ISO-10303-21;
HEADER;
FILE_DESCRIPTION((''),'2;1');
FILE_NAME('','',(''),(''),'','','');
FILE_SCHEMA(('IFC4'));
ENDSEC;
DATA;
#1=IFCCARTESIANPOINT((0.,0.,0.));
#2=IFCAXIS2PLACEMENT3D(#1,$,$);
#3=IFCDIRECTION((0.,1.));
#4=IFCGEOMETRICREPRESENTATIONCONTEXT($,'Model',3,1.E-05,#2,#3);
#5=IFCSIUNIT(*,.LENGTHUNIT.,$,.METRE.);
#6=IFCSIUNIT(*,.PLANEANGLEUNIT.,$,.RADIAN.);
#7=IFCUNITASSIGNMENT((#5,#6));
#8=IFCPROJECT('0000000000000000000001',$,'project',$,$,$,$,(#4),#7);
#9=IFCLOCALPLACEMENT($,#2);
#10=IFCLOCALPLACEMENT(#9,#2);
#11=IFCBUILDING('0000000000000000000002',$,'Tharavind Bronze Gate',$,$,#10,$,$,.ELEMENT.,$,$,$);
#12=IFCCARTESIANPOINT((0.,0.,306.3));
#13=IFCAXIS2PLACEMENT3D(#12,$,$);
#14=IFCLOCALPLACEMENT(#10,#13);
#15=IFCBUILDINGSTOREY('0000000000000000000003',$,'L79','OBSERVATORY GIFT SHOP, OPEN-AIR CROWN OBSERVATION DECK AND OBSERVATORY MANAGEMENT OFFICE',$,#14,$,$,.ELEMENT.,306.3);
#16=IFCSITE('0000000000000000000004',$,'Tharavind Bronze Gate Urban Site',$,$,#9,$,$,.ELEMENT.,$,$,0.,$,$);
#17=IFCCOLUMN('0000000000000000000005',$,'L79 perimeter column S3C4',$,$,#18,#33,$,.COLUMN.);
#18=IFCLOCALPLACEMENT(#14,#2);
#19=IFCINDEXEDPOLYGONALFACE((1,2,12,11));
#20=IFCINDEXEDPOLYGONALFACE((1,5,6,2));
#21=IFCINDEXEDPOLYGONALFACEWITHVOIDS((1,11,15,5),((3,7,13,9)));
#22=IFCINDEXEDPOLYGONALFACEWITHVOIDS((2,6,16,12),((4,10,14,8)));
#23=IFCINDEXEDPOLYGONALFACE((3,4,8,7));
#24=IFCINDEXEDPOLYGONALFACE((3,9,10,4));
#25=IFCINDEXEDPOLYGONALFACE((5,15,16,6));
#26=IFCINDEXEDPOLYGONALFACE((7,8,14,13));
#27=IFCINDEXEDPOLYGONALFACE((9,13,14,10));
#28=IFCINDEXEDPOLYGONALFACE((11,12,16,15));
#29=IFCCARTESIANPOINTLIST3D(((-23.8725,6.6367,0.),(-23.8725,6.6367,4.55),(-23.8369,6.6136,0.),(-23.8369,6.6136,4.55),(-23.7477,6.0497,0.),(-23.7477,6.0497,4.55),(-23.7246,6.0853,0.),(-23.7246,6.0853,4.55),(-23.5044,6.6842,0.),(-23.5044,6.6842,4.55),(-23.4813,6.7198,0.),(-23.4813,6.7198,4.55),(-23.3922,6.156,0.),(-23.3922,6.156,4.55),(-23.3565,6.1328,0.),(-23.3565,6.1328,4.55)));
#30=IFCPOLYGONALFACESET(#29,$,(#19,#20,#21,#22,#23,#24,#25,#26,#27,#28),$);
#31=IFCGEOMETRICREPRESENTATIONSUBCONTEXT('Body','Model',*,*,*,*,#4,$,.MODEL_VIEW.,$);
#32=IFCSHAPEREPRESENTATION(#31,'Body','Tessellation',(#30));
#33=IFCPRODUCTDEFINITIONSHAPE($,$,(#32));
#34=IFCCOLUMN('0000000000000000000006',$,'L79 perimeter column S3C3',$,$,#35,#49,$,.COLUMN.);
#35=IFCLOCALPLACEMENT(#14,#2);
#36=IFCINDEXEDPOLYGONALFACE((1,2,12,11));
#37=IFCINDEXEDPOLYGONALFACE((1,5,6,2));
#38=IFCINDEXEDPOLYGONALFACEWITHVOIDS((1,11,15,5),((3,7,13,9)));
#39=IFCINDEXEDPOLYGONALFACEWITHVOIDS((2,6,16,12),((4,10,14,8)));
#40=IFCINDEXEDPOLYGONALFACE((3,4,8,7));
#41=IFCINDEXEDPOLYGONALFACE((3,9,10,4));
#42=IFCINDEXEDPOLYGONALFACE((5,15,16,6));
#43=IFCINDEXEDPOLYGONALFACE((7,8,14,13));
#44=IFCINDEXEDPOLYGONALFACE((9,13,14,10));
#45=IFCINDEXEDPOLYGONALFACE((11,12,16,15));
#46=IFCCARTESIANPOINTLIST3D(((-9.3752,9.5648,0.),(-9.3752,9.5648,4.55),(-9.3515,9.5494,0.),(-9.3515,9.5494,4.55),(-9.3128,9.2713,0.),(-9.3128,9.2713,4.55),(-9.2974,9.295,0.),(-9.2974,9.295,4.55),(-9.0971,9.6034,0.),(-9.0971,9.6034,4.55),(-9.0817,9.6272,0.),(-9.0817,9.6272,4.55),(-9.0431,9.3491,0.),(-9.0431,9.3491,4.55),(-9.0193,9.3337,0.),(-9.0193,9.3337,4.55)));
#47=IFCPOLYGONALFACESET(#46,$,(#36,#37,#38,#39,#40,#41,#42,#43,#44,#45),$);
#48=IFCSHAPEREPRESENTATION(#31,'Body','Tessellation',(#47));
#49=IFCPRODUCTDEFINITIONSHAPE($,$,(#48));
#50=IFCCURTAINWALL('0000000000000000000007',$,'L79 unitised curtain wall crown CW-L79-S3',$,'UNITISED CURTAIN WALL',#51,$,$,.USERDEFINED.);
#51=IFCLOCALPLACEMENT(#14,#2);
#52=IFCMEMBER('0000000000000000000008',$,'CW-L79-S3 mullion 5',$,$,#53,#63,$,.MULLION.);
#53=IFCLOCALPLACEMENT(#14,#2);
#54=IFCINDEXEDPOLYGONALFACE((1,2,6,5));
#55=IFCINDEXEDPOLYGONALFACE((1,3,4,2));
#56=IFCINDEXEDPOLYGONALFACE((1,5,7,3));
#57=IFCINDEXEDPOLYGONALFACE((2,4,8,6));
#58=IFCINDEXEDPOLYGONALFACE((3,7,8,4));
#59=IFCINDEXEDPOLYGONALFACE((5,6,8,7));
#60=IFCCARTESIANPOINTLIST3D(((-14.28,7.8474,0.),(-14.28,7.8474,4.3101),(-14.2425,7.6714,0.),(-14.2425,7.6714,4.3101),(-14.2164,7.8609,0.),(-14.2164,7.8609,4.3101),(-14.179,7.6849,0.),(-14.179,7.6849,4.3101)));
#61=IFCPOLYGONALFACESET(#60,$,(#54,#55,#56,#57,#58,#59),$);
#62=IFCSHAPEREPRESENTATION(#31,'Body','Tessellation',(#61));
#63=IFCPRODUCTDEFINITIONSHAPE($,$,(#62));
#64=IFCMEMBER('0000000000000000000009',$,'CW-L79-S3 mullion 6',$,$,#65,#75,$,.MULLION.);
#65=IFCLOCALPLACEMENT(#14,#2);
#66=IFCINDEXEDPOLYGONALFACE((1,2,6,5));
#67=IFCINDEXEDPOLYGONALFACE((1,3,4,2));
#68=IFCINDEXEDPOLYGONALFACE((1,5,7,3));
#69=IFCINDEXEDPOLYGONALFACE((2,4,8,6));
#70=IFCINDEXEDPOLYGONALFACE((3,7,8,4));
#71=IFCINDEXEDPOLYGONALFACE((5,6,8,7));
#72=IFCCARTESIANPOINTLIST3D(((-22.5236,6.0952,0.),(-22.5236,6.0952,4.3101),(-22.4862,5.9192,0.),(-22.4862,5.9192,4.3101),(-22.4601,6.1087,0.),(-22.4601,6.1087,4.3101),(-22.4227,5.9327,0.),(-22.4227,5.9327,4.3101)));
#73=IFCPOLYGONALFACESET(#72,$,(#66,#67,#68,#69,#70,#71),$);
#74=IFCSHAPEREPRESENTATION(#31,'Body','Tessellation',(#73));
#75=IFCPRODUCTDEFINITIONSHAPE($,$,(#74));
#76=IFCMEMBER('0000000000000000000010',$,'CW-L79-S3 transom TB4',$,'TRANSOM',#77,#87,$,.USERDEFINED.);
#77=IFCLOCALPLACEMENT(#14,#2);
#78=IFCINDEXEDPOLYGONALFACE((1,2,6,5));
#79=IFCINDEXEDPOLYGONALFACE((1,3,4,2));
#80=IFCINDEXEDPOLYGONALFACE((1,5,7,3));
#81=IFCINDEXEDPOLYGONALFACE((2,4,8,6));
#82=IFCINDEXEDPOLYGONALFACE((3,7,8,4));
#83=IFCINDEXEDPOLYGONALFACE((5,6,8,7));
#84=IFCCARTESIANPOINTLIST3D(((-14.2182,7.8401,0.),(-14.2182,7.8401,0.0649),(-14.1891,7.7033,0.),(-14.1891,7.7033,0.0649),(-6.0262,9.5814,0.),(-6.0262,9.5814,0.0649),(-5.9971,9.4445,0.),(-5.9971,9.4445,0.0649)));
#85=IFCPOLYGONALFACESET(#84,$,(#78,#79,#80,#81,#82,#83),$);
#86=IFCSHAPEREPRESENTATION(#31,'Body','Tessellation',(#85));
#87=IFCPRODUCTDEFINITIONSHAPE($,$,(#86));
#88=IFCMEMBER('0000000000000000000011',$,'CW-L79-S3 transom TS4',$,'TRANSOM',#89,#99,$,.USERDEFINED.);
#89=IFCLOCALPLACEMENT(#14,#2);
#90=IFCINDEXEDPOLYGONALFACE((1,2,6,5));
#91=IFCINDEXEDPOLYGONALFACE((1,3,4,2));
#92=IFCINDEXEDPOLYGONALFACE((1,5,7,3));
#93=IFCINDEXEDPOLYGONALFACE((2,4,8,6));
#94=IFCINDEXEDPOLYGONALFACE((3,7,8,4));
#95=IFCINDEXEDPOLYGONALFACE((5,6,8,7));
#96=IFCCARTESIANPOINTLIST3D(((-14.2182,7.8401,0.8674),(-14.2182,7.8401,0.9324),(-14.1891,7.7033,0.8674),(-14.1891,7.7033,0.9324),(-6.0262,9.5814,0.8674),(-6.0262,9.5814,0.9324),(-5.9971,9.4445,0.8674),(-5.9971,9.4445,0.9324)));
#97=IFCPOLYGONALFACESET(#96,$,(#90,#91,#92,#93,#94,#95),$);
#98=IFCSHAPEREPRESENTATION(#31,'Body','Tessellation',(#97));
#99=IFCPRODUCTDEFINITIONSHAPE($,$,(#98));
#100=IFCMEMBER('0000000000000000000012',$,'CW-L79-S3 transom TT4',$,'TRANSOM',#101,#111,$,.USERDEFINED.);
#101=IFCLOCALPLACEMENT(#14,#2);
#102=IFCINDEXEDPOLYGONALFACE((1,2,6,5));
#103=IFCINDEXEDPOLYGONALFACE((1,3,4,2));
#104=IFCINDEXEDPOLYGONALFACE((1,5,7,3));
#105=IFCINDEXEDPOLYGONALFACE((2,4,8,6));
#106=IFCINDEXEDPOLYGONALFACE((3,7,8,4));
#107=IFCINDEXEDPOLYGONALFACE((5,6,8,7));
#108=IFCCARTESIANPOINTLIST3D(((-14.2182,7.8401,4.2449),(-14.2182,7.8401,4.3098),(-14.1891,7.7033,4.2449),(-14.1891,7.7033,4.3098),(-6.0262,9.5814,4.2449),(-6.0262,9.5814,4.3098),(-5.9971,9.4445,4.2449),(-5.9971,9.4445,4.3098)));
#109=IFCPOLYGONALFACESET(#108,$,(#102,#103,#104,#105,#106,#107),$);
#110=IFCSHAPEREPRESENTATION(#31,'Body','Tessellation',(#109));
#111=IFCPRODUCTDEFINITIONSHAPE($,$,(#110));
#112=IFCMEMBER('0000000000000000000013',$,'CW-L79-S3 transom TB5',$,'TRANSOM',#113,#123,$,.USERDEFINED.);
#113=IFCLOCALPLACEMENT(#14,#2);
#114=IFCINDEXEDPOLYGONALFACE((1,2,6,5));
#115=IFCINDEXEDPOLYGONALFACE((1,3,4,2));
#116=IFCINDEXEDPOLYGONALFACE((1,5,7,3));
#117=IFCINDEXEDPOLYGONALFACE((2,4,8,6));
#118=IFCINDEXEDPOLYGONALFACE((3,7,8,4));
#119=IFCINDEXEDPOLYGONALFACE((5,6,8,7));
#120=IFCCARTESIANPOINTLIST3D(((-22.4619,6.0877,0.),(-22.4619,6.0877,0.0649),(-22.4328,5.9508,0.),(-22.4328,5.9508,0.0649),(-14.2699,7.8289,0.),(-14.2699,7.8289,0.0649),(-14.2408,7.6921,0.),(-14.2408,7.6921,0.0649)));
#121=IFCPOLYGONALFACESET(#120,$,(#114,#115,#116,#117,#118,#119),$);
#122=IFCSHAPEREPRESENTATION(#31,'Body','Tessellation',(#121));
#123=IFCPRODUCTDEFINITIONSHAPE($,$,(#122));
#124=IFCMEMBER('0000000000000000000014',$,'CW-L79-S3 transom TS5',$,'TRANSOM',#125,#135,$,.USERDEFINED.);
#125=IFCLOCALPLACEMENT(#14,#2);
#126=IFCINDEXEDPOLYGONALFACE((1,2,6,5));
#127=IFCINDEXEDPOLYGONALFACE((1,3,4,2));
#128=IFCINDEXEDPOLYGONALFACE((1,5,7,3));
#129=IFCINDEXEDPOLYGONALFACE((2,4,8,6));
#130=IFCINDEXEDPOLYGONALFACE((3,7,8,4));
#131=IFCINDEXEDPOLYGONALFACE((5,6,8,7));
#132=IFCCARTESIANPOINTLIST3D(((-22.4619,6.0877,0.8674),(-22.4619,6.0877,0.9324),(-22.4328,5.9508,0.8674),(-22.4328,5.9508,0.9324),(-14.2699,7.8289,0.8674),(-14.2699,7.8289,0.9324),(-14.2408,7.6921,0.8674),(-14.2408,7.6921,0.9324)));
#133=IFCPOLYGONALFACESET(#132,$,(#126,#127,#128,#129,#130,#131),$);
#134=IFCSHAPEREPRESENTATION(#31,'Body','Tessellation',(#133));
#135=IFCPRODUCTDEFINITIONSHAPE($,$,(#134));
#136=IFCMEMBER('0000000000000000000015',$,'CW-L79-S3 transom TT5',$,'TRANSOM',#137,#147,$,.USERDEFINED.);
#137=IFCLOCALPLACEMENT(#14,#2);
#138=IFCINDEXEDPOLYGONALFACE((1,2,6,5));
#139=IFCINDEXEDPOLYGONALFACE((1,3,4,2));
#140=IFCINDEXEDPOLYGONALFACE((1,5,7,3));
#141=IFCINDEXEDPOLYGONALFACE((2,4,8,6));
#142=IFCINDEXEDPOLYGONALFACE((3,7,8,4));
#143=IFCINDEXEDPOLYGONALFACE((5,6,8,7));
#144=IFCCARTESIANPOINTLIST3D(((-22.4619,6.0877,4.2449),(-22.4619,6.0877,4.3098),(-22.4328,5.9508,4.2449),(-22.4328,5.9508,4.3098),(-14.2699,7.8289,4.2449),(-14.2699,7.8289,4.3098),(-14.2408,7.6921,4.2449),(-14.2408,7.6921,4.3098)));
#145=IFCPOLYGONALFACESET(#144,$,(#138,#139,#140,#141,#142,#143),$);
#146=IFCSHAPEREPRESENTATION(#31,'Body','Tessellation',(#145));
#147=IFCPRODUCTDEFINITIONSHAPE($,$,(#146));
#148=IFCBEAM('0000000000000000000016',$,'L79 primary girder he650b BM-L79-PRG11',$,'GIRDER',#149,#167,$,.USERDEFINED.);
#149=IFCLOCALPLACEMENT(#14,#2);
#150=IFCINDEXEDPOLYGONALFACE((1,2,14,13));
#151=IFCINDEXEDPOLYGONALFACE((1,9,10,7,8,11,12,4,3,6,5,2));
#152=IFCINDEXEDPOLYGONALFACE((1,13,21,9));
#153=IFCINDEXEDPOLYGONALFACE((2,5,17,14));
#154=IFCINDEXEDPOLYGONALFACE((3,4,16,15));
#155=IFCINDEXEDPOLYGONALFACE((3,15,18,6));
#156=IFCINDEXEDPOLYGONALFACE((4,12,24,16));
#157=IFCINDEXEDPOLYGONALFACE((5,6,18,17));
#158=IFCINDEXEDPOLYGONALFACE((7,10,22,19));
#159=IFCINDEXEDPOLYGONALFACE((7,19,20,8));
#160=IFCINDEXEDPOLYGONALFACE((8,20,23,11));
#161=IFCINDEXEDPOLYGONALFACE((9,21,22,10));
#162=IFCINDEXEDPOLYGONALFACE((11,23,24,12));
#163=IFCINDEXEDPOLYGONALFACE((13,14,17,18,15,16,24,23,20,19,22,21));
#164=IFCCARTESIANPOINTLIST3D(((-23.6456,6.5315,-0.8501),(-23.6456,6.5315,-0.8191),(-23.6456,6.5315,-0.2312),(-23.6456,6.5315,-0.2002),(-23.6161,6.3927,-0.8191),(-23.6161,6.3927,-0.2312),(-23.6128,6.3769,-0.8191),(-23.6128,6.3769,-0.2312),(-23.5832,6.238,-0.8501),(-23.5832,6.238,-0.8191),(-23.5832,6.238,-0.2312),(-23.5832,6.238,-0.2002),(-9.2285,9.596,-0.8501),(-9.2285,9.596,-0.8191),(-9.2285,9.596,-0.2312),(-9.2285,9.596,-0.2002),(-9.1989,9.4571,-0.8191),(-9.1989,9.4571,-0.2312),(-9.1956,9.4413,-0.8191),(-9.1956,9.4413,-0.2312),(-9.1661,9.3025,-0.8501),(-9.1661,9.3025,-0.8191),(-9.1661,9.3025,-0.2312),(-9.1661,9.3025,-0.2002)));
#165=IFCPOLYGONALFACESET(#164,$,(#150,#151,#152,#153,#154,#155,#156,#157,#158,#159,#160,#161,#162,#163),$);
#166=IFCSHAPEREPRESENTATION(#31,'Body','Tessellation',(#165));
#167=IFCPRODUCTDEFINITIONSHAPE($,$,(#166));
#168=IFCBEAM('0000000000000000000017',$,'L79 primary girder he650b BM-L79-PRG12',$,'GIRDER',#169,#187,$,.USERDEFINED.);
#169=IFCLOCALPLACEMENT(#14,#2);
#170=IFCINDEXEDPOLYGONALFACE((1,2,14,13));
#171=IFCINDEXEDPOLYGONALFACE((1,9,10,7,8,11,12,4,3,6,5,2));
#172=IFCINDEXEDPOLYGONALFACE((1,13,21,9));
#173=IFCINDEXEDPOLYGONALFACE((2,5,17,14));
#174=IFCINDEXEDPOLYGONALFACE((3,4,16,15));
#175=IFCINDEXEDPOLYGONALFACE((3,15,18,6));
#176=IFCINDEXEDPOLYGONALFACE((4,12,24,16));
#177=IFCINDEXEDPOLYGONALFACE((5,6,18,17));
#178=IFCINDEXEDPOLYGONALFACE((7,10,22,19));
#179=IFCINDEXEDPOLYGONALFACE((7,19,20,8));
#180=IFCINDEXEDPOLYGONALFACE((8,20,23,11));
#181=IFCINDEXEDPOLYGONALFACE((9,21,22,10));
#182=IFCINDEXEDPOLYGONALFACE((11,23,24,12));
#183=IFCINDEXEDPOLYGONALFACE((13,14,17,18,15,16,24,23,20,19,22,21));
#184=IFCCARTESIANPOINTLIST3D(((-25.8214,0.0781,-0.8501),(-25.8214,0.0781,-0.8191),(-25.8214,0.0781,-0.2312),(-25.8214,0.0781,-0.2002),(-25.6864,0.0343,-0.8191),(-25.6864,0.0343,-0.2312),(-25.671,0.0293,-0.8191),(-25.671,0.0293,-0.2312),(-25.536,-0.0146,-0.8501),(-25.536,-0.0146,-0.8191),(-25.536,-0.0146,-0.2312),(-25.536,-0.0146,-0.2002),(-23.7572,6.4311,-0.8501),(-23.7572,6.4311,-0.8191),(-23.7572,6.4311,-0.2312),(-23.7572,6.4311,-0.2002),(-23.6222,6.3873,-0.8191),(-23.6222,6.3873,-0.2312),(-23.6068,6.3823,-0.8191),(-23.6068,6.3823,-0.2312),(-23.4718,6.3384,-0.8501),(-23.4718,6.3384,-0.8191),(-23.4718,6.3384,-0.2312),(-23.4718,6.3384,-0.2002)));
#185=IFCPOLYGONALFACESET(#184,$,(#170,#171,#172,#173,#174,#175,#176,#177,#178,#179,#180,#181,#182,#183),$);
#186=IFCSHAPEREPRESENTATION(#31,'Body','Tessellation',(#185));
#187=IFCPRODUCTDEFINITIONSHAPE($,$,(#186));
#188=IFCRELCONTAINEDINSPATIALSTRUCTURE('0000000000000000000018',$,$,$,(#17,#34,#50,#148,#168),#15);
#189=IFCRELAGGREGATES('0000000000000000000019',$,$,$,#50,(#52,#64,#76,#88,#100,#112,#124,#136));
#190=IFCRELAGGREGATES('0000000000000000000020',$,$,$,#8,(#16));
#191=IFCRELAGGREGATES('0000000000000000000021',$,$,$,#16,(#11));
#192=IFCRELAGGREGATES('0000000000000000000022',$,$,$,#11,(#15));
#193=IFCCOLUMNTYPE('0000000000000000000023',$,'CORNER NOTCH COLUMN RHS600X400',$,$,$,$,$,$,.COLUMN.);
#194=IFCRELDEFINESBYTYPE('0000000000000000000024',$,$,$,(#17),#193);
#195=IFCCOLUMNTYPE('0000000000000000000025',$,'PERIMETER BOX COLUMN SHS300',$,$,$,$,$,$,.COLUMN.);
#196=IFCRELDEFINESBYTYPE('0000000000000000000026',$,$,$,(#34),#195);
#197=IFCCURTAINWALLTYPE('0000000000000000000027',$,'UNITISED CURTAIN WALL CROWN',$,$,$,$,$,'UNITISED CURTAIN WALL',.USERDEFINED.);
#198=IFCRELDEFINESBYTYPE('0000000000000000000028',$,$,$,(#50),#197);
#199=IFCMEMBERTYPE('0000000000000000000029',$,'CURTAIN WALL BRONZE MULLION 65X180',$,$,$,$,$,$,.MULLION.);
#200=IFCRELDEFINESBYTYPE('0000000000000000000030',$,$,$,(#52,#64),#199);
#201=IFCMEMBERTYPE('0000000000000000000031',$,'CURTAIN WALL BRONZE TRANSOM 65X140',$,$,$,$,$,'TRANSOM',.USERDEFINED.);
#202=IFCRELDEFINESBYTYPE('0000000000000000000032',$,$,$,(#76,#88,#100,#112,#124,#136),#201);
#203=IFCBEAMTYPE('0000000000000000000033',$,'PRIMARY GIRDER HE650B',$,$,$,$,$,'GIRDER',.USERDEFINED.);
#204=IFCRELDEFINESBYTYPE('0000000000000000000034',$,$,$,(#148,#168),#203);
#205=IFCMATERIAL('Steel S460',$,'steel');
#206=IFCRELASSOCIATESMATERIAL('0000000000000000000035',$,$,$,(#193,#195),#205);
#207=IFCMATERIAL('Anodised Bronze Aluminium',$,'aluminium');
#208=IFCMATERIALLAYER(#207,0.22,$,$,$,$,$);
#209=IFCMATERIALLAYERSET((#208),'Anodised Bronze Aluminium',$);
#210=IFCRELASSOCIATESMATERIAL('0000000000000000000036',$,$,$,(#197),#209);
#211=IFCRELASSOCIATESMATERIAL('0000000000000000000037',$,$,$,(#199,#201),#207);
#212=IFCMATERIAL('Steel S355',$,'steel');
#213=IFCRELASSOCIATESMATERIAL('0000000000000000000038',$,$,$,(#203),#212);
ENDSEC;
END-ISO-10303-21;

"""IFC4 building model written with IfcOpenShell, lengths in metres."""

from ifc_helpers import new_model, si_unit, direction, frame, origin, origin_2d, place, context, subcontext, project, spatial, rectangle, hollow_rectangle, i_section, extrude, material, layer, layer_set, material_profile, profile_set, type_object, element, aggregate, save


model = new_model("IFC4")

# Units and contexts
model_context = context("Model", 3, precision=1e-05, world=origin(), true_north=direction((0.0, 1.0)))
body_context = subcontext(model_context, "Body", "Model", "MODEL_VIEW")
ifc_project = project(units=[si_unit("LENGTHUNIT", "METRE"), si_unit("PLANEANGLEUNIT", "RADIAN")], contexts=[model_context])

# Site, building, storey
site_placement = place(None, origin())
site = spatial("IfcSite", under=ifc_project, at=site_placement, Name="Tharavind Bronze Gate Urban Site", CompositionType="ELEMENT", RefElevation=0.0)
building_placement = place(site_placement, origin())
building = spatial("IfcBuilding", under=site, at=building_placement, Name="Tharavind Bronze Gate", CompositionType="ELEMENT")
storey_placement = place(building_placement, frame((0.0, 0.0, 306.3)))
storey = spatial("IfcBuildingStorey", under=building, at=storey_placement, Name="L79", Description="OBSERVATORY GIFT SHOP, OPEN-AIR CROWN OBSERVATION DECK AND OBSERVATORY MANAGEMENT OFFICE", CompositionType="ELEMENT", Elevation=306.3)

# Columns
ifc_material_1 = material(Name="Steel S460", Category="steel")
ifc_material_profile_1 = material_profile(ifc_material_1, hollow_rectangle(XDim=0.3999, YDim=0.6001, WallThickness=0.03, at=origin_2d()), Name="RHS600X400X30")
ifc_profile_set_1 = profile_set([ifc_material_profile_1], Name="Steel S460")
column_type_1 = type_object("IfcColumnType", Name="CORNER NOTCH COLUMN RHS600X400", PredefinedType="COLUMN", material=ifc_profile_set_1)
column_1_placement = place(storey_placement, frame((-23.6145, 6.3848, 0.0), z_axis=(0.0, 0.0, 1.0), x_axis=(0.978147, 0.207913, 0.0)))
element("IfcColumn", 1, at=column_1_placement, inside=storey, type_object=column_type_1, Name="L79 perimeter column S3C4", PredefinedType="COLUMN", context=body_context, shape_type="SweptSolid", body=[
    extrude(hollow_rectangle(XDim=0.3999, YDim=0.6001, WallThickness=0.03, at=origin_2d()), origin(), (0.0, 0.0, 1.0), 4.55),
])
ifc_material_profile_2 = material_profile(ifc_material_1, hollow_rectangle(XDim=0.3, YDim=0.3, WallThickness=0.02, at=origin_2d()), Name="SHS300X20")
ifc_profile_set_2 = profile_set([ifc_material_profile_2], Name="Steel S460")
column_type_2 = type_object("IfcColumnType", Name="PERIMETER BOX COLUMN SHS300", PredefinedType="COLUMN", material=ifc_profile_set_2)
column_2_placement = place(storey_placement, frame((-9.1973, 9.4492, 0.0), z_axis=(0.0, 0.0, 1.0), x_axis=(0.978147, 0.207913, 0.0)))
element("IfcColumn", 2, at=column_2_placement, inside=storey, type_object=column_type_2, Name="L79 perimeter column S3C3", PredefinedType="COLUMN", context=body_context, shape_type="SweptSolid", body=[
    extrude(hollow_rectangle(XDim=0.3, YDim=0.3, WallThickness=0.02, at=origin_2d()), origin(), (0.0, 0.0, 1.0), 4.55),
])

# Curtain wall, members
ifc_material_2 = material(Name="Anodised Bronze Aluminium", Category="aluminium")
ifc_layer_1 = layer(ifc_material_2, 0.22)
ifc_layer_set_1 = layer_set([ifc_layer_1], Name="Anodised Bronze Aluminium")
curtain_wall_type = type_object("IfcCurtainWallType", Name="UNITISED CURTAIN WALL CROWN", ElementType="UNITISED CURTAIN WALL", PredefinedType="USERDEFINED", material=ifc_layer_set_1)
curtain_wall_placement = place(storey_placement, origin())
curtain_wall = element("IfcCurtainWall", 3, at=curtain_wall_placement, inside=storey, type_object=curtain_wall_type, Name="L79 unitised curtain wall crown CW-L79-S3", ObjectType="UNITISED CURTAIN WALL", PredefinedType="USERDEFINED")
member_type_1 = type_object("IfcMemberType", Name="CURTAIN WALL BRONZE MULLION 65X180", PredefinedType="MULLION", material=ifc_material_2)
member_1_placement = place(storey_placement, frame((-14.2295, 7.7661, 0.0), z_axis=(0.0, 0.0, 1.0), x_axis=(-0.978148, -0.207912, 0.0)))
member_1 = element("IfcMember", 4, at=member_1_placement, type_object=member_type_1, Name="CW-L79-S3 mullion 5", PredefinedType="MULLION", context=body_context, shape_type="SweptSolid", body=[
    extrude(rectangle(XDim=0.0649, YDim=0.1799, at=origin_2d()), origin(), (0.0, 0.0, 1.0), 4.3101),
])
member_2_placement = place(storey_placement, frame((-22.4731, 6.0139, 0.0), z_axis=(0.0, 0.0, 1.0), x_axis=(-0.978148, -0.207912, 0.0)))
member_2 = element("IfcMember", 5, at=member_2_placement, type_object=member_type_1, Name="CW-L79-S3 mullion 6", PredefinedType="MULLION", context=body_context, shape_type="SweptSolid", body=[
    extrude(rectangle(XDim=0.0649, YDim=0.1799, at=origin_2d()), origin(), (0.0, 0.0, 1.0), 4.3101),
])
member_type_2 = type_object("IfcMemberType", Name="CURTAIN WALL BRONZE TRANSOM 65X140", ElementType="TRANSOM", PredefinedType="USERDEFINED", material=ifc_material_2)
member_3_placement = place(storey_placement, frame((-10.1077, 8.6423, 0.0), z_axis=(0.0, 0.0, 1.0), x_axis=(-0.978148, -0.207912, 0.0)))
member_3 = element("IfcMember", 6, at=member_3_placement, type_object=member_type_2, Name="CW-L79-S3 transom TB4", ObjectType="TRANSOM", PredefinedType="USERDEFINED", context=body_context, shape_type="SweptSolid", body=[
    extrude(rectangle(XDim=8.375, YDim=0.1399, at=origin_2d()), origin(), (0.0, 0.0, 1.0), 0.0649),
])
member_4_placement = place(storey_placement, frame((-10.1077, 8.6423, 0.8674), z_axis=(0.0, 0.0, 1.0), x_axis=(-0.978148, -0.207912, 0.0)))
member_4 = element("IfcMember", 7, at=member_4_placement, type_object=member_type_2, Name="CW-L79-S3 transom TS4", ObjectType="TRANSOM", PredefinedType="USERDEFINED", context=body_context, shape_type="SweptSolid", body=[
    extrude(rectangle(XDim=8.375, YDim=0.1399, at=origin_2d()), origin(), (0.0, 0.0, 1.0), 0.0649),
])
member_5_placement = place(storey_placement, frame((-10.1077, 8.6423, 4.2449), z_axis=(0.0, 0.0, 1.0), x_axis=(-0.978148, -0.207912, 0.0)))
member_5 = element("IfcMember", 8, at=member_5_placement, type_object=member_type_2, Name="CW-L79-S3 transom TT4", ObjectType="TRANSOM", PredefinedType="USERDEFINED", context=body_context, shape_type="SweptSolid", body=[
    extrude(rectangle(XDim=8.375, YDim=0.1399, at=origin_2d()), origin(), (0.0, 0.0, 1.0), 0.0649),
])
member_6_placement = place(storey_placement, frame((-18.3513, 6.8899, 0.0), z_axis=(0.0, 0.0, 1.0), x_axis=(-0.978148, -0.207912, 0.0)))
member_6 = element("IfcMember", 9, at=member_6_placement, type_object=member_type_2, Name="CW-L79-S3 transom TB5", ObjectType="TRANSOM", PredefinedType="USERDEFINED", context=body_context, shape_type="SweptSolid", body=[
    extrude(rectangle(XDim=8.375, YDim=0.1399, at=origin_2d()), origin(), (0.0, 0.0, 1.0), 0.0649),
])
member_7_placement = place(storey_placement, frame((-18.3513, 6.8899, 0.8674), z_axis=(0.0, 0.0, 1.0), x_axis=(-0.978148, -0.207912, 0.0)))
member_7 = element("IfcMember", 10, at=member_7_placement, type_object=member_type_2, Name="CW-L79-S3 transom TS5", ObjectType="TRANSOM", PredefinedType="USERDEFINED", context=body_context, shape_type="SweptSolid", body=[
    extrude(rectangle(XDim=8.375, YDim=0.1399, at=origin_2d()), origin(), (0.0, 0.0, 1.0), 0.0649),
])
member_8_placement = place(storey_placement, frame((-18.3513, 6.8899, 4.2449), z_axis=(0.0, 0.0, 1.0), x_axis=(-0.978148, -0.207912, 0.0)))
member_8 = element("IfcMember", 11, at=member_8_placement, type_object=member_type_2, Name="CW-L79-S3 transom TT5", ObjectType="TRANSOM", PredefinedType="USERDEFINED", context=body_context, shape_type="SweptSolid", body=[
    extrude(rectangle(XDim=8.375, YDim=0.1399, at=origin_2d()), origin(), (0.0, 0.0, 1.0), 0.0649),
])

# Beams
ifc_material_3 = material(Name="Steel S355", Category="steel")
ifc_material_profile_3 = material_profile(ifc_material_3, i_section(OverallWidth=0.3, OverallDepth=0.6499, WebThickness=0.0161, FlangeThickness=0.031, at=origin_2d()), Name="HE650B")
ifc_profile_set_3 = profile_set([ifc_material_profile_3], Name="Steel S355")
beam_type_1 = type_object("IfcBeamType", Name="PRIMARY GIRDER HE650B", ElementType="GIRDER", PredefinedType="USERDEFINED", material=ifc_profile_set_3)
beam_1_placement = place(storey_placement, frame((-9.1973, 9.4492, -0.5251), z_axis=(-0.978148, -0.20791, 0.0), x_axis=(0.20791, -0.978148, 0.0)))
element("IfcBeam", 12, at=beam_1_placement, inside=storey, type_object=beam_type_1, Name="L79 primary girder he650b BM-L79-PRG11", ObjectType="GIRDER", PredefinedType="USERDEFINED", context=body_context, shape_type="SweptSolid", body=[
    extrude(i_section(OverallWidth=0.3, OverallDepth=0.6499, WebThickness=0.0161, FlangeThickness=0.031, at=origin_2d()), origin(), (0.0, 0.0, 1.0), 14.7393),
])
beam_2_placement = place(storey_placement, frame((-23.6145, 6.3848, -0.5251), z_axis=(-0.309015, -0.951057, 0.0), x_axis=(0.951057, -0.309015, 0.0)))
element("IfcBeam", 13, at=beam_2_placement, inside=storey, type_object=beam_type_1, Name="L79 primary girder he650b BM-L79-PRG12", ObjectType="GIRDER", PredefinedType="USERDEFINED", context=body_context, shape_type="SweptSolid", body=[
    extrude(i_section(OverallWidth=0.3, OverallDepth=0.6499, WebThickness=0.0161, FlangeThickness=0.031, at=origin_2d()), origin(), (0.0, 0.0, 1.0), 6.6799),
])

aggregate(curtain_wall, [member_1, member_2, member_3, member_4, member_5, member_6, member_7, member_8])

save(model, "model.ifc")
